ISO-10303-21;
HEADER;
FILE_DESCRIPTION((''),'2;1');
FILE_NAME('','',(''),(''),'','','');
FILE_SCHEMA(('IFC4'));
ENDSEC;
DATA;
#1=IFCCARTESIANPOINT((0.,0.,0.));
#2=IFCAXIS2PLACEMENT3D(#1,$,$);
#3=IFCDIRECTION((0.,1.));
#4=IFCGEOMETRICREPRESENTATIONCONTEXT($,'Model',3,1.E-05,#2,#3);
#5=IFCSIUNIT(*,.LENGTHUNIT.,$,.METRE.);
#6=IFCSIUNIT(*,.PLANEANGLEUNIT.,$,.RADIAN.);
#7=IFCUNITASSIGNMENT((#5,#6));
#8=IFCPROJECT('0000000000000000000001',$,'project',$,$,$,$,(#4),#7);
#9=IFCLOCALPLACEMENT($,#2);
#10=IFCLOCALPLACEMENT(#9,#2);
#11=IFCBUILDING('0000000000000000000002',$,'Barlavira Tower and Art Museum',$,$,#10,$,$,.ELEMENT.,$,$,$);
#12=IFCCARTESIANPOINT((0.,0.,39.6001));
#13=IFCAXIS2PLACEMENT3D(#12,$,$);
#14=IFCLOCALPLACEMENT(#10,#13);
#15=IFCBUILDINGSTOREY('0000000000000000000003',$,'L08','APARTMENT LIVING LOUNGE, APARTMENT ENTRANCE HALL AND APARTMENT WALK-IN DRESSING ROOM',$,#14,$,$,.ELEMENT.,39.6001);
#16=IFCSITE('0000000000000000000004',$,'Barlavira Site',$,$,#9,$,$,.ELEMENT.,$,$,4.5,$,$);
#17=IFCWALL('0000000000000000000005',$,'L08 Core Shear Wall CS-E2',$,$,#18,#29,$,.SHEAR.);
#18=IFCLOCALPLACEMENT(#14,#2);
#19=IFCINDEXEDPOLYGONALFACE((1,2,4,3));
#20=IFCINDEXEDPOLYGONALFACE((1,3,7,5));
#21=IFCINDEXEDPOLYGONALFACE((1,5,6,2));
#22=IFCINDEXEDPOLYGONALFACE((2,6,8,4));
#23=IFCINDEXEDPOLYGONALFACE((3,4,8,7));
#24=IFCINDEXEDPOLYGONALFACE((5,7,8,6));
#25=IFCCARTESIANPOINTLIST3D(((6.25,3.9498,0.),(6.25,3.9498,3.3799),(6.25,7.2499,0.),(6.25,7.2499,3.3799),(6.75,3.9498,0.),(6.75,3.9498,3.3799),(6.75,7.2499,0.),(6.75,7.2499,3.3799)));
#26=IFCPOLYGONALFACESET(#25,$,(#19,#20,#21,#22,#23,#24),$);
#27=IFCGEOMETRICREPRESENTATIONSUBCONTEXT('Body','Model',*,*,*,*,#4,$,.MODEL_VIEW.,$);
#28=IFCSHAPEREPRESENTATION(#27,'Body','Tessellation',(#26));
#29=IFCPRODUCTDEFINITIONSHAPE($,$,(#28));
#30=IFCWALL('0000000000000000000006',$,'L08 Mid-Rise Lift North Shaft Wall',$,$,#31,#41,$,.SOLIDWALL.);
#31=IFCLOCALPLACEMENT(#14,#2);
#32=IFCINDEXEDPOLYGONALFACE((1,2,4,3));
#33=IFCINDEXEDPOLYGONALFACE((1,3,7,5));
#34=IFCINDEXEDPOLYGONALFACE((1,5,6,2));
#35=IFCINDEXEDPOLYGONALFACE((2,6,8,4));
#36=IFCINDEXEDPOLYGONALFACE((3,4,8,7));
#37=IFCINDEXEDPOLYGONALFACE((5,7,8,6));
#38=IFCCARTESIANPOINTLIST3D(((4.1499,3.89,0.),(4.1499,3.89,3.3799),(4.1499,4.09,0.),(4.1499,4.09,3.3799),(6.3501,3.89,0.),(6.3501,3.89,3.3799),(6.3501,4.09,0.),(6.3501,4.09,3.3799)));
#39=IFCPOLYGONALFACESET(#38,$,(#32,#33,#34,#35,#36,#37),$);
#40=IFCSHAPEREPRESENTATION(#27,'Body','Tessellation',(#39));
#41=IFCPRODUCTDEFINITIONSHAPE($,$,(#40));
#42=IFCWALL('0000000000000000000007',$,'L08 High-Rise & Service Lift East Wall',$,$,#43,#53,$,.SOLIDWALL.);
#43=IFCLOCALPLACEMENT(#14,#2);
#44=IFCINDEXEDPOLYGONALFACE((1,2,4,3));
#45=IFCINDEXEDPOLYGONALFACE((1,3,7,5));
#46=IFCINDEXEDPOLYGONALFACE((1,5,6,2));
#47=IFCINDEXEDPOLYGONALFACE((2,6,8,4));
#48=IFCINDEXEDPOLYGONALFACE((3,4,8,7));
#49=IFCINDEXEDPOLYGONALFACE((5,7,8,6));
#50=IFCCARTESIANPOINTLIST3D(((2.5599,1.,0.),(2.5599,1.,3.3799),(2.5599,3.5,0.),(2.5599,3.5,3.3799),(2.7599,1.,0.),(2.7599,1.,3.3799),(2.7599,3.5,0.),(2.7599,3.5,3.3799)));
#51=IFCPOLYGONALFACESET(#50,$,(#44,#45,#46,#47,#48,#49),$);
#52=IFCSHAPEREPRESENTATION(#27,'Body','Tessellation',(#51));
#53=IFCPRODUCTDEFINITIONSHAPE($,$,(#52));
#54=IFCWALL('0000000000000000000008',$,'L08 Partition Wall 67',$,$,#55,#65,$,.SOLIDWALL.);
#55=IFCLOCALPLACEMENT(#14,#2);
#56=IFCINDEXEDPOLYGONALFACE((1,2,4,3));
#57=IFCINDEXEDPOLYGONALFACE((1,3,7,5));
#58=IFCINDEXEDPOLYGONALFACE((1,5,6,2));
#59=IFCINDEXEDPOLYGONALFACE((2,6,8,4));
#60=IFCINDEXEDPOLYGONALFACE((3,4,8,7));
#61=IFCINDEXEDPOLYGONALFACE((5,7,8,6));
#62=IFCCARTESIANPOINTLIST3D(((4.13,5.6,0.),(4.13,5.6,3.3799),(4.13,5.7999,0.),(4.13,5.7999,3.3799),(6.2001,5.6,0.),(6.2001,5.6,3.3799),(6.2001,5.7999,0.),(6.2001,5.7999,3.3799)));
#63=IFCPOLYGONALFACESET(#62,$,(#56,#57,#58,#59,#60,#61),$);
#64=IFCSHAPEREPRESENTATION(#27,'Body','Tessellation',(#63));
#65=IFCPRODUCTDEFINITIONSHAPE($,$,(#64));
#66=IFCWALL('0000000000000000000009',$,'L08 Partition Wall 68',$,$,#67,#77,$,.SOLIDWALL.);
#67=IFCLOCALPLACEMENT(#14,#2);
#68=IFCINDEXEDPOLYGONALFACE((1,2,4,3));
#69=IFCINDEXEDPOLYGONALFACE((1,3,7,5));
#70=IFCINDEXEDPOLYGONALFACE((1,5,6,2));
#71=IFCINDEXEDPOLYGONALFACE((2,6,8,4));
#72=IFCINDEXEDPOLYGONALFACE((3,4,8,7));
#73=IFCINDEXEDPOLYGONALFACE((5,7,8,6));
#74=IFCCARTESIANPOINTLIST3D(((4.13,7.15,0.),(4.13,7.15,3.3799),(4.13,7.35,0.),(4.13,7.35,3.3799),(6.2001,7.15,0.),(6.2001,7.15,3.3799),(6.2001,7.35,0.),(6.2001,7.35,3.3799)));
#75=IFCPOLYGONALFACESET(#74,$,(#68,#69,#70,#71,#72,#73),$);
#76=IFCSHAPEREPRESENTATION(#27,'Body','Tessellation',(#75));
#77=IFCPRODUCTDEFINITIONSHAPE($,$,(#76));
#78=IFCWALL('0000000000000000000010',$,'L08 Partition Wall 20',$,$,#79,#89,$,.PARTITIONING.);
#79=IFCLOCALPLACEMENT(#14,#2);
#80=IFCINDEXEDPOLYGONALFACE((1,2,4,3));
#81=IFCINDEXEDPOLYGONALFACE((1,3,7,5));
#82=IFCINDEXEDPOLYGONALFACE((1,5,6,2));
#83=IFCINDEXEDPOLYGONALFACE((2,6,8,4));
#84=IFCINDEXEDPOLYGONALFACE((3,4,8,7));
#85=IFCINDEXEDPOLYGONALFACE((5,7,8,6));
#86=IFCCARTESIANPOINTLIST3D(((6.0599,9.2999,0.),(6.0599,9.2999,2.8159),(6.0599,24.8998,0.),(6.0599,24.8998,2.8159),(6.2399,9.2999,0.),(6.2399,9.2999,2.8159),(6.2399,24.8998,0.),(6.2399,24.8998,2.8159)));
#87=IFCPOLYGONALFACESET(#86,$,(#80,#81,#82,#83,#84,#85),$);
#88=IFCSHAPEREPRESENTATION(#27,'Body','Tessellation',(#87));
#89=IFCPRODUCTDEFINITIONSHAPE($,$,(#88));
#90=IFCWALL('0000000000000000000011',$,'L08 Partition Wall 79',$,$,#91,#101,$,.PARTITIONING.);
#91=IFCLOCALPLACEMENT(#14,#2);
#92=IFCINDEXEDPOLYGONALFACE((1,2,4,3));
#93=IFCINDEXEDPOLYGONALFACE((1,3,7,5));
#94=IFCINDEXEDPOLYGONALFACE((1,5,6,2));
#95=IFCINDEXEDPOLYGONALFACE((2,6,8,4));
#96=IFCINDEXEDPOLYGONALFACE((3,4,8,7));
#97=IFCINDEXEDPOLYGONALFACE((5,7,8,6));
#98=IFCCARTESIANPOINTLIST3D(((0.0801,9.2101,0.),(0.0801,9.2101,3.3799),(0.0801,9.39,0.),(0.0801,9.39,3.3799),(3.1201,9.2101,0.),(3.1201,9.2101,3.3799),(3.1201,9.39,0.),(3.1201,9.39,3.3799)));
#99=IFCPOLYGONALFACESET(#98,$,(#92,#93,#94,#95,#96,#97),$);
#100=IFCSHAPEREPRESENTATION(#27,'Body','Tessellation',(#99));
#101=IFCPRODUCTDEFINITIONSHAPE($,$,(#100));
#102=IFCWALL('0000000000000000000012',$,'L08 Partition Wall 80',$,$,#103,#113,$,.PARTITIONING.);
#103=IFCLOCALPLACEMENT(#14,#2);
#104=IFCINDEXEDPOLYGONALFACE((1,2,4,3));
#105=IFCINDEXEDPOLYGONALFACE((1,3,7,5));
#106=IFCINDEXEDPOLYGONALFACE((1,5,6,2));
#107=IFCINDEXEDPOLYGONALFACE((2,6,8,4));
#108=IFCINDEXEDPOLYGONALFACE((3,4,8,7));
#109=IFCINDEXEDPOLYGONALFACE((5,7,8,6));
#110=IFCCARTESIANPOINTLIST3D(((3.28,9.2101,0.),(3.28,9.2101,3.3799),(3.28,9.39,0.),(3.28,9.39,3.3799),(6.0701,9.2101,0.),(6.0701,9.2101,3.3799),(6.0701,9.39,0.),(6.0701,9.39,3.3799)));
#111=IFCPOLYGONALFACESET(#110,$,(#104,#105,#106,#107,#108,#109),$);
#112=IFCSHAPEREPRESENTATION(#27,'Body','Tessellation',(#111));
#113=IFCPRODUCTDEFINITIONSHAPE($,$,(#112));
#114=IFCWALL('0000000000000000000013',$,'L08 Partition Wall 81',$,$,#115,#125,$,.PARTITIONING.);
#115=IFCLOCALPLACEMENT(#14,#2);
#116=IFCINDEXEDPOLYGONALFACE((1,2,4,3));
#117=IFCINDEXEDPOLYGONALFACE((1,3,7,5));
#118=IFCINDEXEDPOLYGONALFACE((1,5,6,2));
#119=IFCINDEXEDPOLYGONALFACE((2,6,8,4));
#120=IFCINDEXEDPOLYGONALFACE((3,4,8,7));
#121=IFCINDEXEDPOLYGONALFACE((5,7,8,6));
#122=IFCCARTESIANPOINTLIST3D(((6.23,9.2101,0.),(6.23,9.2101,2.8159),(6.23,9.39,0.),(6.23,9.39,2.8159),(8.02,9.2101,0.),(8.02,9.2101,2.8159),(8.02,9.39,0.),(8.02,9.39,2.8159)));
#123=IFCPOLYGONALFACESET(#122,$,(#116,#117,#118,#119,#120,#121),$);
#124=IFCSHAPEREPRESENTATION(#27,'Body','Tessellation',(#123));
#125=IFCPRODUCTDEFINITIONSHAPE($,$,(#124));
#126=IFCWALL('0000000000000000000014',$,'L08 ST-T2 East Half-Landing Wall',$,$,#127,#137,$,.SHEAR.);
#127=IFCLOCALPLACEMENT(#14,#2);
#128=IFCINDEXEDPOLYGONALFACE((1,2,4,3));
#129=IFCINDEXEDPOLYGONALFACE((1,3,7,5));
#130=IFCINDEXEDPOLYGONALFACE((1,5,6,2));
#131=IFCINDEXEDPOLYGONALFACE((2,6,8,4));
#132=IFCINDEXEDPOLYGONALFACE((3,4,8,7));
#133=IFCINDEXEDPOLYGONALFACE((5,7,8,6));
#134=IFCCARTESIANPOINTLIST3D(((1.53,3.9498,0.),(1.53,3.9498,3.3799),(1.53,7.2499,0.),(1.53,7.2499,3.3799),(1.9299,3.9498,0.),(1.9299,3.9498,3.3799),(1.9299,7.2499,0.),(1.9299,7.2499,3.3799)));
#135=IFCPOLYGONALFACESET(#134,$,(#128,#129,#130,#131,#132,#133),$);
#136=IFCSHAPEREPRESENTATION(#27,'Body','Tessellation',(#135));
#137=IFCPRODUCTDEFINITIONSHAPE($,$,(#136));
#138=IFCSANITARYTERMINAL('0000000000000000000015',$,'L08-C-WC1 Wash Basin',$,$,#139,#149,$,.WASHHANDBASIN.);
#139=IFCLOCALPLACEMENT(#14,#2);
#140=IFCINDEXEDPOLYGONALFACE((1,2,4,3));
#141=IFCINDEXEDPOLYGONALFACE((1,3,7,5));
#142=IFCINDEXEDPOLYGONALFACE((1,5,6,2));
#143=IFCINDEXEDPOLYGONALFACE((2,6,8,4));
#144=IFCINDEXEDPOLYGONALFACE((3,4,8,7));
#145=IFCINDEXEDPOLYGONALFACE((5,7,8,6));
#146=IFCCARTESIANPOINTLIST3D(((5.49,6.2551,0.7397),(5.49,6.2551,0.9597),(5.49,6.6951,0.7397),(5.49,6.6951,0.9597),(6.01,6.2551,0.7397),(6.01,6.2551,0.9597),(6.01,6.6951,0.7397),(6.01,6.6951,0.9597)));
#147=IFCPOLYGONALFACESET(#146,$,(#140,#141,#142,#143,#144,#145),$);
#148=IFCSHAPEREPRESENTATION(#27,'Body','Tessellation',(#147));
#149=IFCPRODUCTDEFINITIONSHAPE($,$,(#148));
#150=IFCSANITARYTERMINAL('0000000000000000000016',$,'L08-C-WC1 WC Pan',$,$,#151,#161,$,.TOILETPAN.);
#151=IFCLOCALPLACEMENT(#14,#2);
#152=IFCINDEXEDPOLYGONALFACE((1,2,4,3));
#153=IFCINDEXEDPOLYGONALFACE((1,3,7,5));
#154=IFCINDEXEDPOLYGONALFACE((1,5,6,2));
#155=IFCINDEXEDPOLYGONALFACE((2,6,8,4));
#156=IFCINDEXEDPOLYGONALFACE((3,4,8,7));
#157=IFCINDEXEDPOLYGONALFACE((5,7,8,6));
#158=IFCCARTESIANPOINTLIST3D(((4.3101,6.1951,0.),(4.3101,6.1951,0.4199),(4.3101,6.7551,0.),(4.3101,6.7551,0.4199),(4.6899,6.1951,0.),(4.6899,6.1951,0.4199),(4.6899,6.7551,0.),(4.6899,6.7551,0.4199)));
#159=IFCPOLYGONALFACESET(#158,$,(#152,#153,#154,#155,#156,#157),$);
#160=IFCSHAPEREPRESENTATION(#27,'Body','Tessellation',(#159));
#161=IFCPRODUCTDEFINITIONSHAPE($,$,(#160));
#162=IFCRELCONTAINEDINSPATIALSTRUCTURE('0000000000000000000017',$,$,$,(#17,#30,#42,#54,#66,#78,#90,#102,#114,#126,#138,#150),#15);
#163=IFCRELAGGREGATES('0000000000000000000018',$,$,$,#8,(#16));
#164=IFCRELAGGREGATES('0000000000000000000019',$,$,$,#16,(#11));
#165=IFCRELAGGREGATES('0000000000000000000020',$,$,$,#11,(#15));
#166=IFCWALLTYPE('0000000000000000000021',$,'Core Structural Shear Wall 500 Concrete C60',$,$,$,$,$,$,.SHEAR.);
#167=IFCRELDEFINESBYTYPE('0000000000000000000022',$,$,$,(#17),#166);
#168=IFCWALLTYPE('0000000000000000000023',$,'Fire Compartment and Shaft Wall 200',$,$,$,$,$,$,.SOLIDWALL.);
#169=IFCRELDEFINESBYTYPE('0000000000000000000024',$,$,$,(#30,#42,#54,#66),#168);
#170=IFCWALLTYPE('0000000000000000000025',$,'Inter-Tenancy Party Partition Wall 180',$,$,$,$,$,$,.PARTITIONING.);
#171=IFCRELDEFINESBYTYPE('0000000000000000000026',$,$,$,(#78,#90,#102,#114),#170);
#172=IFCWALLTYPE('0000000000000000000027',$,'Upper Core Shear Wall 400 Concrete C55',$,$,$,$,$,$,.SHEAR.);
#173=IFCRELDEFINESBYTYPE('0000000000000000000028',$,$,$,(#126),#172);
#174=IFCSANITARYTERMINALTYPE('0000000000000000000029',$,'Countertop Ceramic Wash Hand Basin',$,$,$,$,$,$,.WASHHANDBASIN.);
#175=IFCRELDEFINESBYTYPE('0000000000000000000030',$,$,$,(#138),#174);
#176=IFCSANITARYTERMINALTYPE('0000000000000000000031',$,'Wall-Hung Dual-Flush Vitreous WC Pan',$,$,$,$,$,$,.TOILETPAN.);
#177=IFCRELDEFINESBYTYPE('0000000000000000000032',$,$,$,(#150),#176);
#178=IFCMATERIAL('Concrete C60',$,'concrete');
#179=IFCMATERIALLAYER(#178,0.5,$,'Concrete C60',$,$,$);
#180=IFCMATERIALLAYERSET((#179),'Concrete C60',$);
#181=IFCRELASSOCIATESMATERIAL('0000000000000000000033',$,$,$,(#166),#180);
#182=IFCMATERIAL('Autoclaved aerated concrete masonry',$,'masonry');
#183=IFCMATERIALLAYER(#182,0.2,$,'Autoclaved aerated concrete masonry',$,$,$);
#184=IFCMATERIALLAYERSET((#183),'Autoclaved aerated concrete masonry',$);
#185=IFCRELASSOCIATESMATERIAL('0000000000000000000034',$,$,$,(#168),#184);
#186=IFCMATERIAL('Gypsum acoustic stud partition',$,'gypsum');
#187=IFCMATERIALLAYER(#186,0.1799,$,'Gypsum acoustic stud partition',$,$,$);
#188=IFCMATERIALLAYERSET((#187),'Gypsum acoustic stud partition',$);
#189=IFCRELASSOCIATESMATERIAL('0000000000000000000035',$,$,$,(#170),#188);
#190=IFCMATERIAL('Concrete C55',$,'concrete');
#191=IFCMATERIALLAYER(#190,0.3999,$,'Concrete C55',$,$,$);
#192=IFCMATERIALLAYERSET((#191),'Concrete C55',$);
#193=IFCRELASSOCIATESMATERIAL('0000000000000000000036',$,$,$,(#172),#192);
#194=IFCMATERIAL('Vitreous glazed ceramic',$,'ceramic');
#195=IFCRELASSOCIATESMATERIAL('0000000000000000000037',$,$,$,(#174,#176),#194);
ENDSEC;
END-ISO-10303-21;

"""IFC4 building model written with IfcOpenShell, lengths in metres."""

from ifc_helpers import new_model, si_unit, direction, frame, frame_2d, origin, origin_2d, place, context, subcontext, project, spatial, rectangle, extrude, material, layer, layer_set, type_object, element, save


model = new_model("IFC4")

# Units and contexts
model_context = context("Model", 3, precision=1e-05, world=origin(), true_north=direction((0.0, 1.0)))
body_context = subcontext(model_context, "Body", "Model", "MODEL_VIEW")
ifc_project = project(units=[si_unit("LENGTHUNIT", "METRE"), si_unit("PLANEANGLEUNIT", "RADIAN")], contexts=[model_context])

# Site, building, storey
site_placement = place(None, origin())
site = spatial("IfcSite", under=ifc_project, at=site_placement, Name="Barlavira Site", CompositionType="ELEMENT", RefElevation=4.5)
building_placement = place(site_placement, origin())
building = spatial("IfcBuilding", under=site, at=building_placement, Name="Barlavira Tower and Art Museum", CompositionType="ELEMENT")
storey_placement = place(building_placement, frame((0.0, 0.0, 39.6001)))
storey = spatial("IfcBuildingStorey", under=building, at=storey_placement, Name="L08", Description="APARTMENT LIVING LOUNGE, APARTMENT ENTRANCE HALL AND APARTMENT WALK-IN DRESSING ROOM", CompositionType="ELEMENT", Elevation=39.6001)

# Shared definitions
ifc_material_1 = material(Name="Gypsum acoustic stud partition", Category="gypsum")

# Walls
ifc_material_2 = material(Name="Concrete C60", Category="concrete")
ifc_layer_1 = layer(ifc_material_2, 0.5, Name="Concrete C60")
ifc_layer_set_1 = layer_set([ifc_layer_1], Name="Concrete C60")
wall_type_1 = type_object("IfcWallType", Name="Core Structural Shear Wall 500 Concrete C60", PredefinedType="SHEAR", material=ifc_layer_set_1)
wall_1_placement = place(storey_placement, frame((6.5, 3.95, 0.0), z_axis=(0.0, 0.0, 1.0), x_axis=(0.0, 1.0, 0.0)))
element("IfcWall", 1, at=wall_1_placement, inside=storey, type_object=wall_type_1, Name="L08 Core Shear Wall CS-E2", PredefinedType="SHEAR", context=body_context, shape_type="SweptSolid", body=[
    extrude(rectangle(XDim=3.3, YDim=0.5, at=frame_2d((1.6499, 0.0))), origin(), (0.0, 0.0, 1.0), 3.3799),
])
ifc_material_3 = material(Name="Autoclaved aerated concrete masonry", Category="masonry")
ifc_layer_2 = layer(ifc_material_3, 0.2, Name="Autoclaved aerated concrete masonry")
ifc_layer_set_2 = layer_set([ifc_layer_2], Name="Autoclaved aerated concrete masonry")
wall_type_2 = type_object("IfcWallType", Name="Fire Compartment and Shaft Wall 200", PredefinedType="SOLIDWALL", material=ifc_layer_set_2)
wall_2_placement = place(storey_placement, frame((4.1499, 3.99, 0.0), z_axis=(0.0, 0.0, 1.0), x_axis=(1.0, 0.0, 0.0)))
element("IfcWall", 2, at=wall_2_placement, inside=storey, type_object=wall_type_2, Name="L08 Mid-Rise Lift North Shaft Wall", PredefinedType="SOLIDWALL", context=body_context, shape_type="SweptSolid", body=[
    extrude(rectangle(XDim=2.2002, YDim=0.2, at=frame_2d((1.1001, 0.0))), origin(), (0.0, 0.0, 1.0), 3.3799),
])
wall_3_placement = place(storey_placement, frame((2.6599, 1.0, 0.0), z_axis=(0.0, 0.0, 1.0), x_axis=(0.0, 1.0, 0.0)))
element("IfcWall", 3, at=wall_3_placement, inside=storey, type_object=wall_type_2, Name="L08 High-Rise & Service Lift East Wall", PredefinedType="SOLIDWALL", context=body_context, shape_type="SweptSolid", body=[
    extrude(rectangle(XDim=2.5, YDim=0.2, at=frame_2d((1.25, 0.0))), origin(), (0.0, 0.0, 1.0), 3.3799),
])

# Walls
for number, where, z_axis, x_axis, name in (
    (4, (4.1299, 5.7, 0.0), (0.0, 0.0, 1.0), (1.0, 0.0, 0.0), "L08 Partition Wall 67"),
    (5, (4.1299, 7.25, 0.0), (0.0, 0.0, 1.0), (1.0, 0.0, 0.0), "L08 Partition Wall 68"),
):
    element("IfcWall", number, at=place(storey_placement, frame(where, z_axis=z_axis, x_axis=x_axis)), inside=storey, type_object=wall_type_2, Name=name, PredefinedType="SOLIDWALL", context=body_context, shape_type="SweptSolid", body=[
        extrude(rectangle(XDim=2.0701, YDim=0.2, at=frame_2d((1.0352, 0.0))), origin(), (0.0, 0.0, 1.0), 3.3799),
    ])
ifc_layer_3 = layer(ifc_material_1, 0.1799, Name="Gypsum acoustic stud partition")
ifc_layer_set_3 = layer_set([ifc_layer_3], Name="Gypsum acoustic stud partition")
wall_type_3 = type_object("IfcWallType", Name="Inter-Tenancy Party Partition Wall 180", PredefinedType="PARTITIONING", material=ifc_layer_set_3)
wall_4_placement = place(storey_placement, frame((6.1499, 9.3, 0.0), z_axis=(0.0, 0.0, 1.0), x_axis=(0.0, 1.0, 0.0)))
element("IfcWall", 6, at=wall_4_placement, inside=storey, type_object=wall_type_3, Name="L08 Partition Wall 20", PredefinedType="PARTITIONING", context=body_context, shape_type="SweptSolid", body=[
    extrude(rectangle(XDim=15.5999, YDim=0.1799, at=frame_2d((7.7998, 0.0))), origin(), (0.0, 0.0, 1.0), 2.8159),
])
wall_5_placement = place(storey_placement, frame((0.0801, 9.3, 0.0), z_axis=(0.0, 0.0, 1.0), x_axis=(1.0, 0.0, 0.0)))
element("IfcWall", 7, at=wall_5_placement, inside=storey, type_object=wall_type_3, Name="L08 Partition Wall 79", PredefinedType="PARTITIONING", context=body_context, shape_type="SweptSolid", body=[
    extrude(rectangle(XDim=3.04, YDim=0.1799, at=frame_2d((1.52, 0.0))), origin(), (0.0, 0.0, 1.0), 3.3799),
])
wall_6_placement = place(storey_placement, frame((3.28, 9.3, 0.0), z_axis=(0.0, 0.0, 1.0), x_axis=(1.0, 0.0, 0.0)))
element("IfcWall", 8, at=wall_6_placement, inside=storey, type_object=wall_type_3, Name="L08 Partition Wall 80", PredefinedType="PARTITIONING", context=body_context, shape_type="SweptSolid", body=[
    extrude(rectangle(XDim=2.79, YDim=0.1799, at=frame_2d((1.395, 0.0))), origin(), (0.0, 0.0, 1.0), 3.3799),
])
wall_7_placement = place(storey_placement, frame((6.23, 9.3, 0.0), z_axis=(0.0, 0.0, 1.0), x_axis=(1.0, 0.0, 0.0)))
element("IfcWall", 9, at=wall_7_placement, inside=storey, type_object=wall_type_3, Name="L08 Partition Wall 81", PredefinedType="PARTITIONING", context=body_context, shape_type="SweptSolid", body=[
    extrude(rectangle(XDim=1.79, YDim=0.1799, at=frame_2d((0.895, 0.0))), origin(), (0.0, 0.0, 1.0), 2.8159),
])
ifc_material_4 = material(Name="Concrete C55", Category="concrete")
ifc_layer_4 = layer(ifc_material_4, 0.3999, Name="Concrete C55")
ifc_layer_set_4 = layer_set([ifc_layer_4], Name="Concrete C55")
wall_type_4 = type_object("IfcWallType", Name="Upper Core Shear Wall 400 Concrete C55", PredefinedType="SHEAR", material=ifc_layer_set_4)
wall_8_placement = place(storey_placement, frame((1.73, 3.95, 0.0), z_axis=(0.0, 0.0, 1.0), x_axis=(0.0, 1.0, 0.0)))
element("IfcWall", 10, at=wall_8_placement, inside=storey, type_object=wall_type_4, Name="L08 ST-T2 East Half-Landing Wall", PredefinedType="SHEAR", context=body_context, shape_type="SweptSolid", body=[
    extrude(rectangle(XDim=3.3, YDim=0.3999, at=frame_2d((1.6499, 0.0))), origin(), (0.0, 0.0, 1.0), 3.3799),
])

# Sanitary terminals
ifc_material_5 = material(Name="Vitreous glazed ceramic", Category="ceramic")
sanitary_terminal_type_1 = type_object("IfcSanitaryTerminalType", Name="Countertop Ceramic Wash Hand Basin", PredefinedType="WASHHANDBASIN", material=ifc_material_5)
sanitary_terminal_1_placement = place(storey_placement, frame((5.75, 6.4751, 0.7397), z_axis=(0.0, 0.0, 1.0), x_axis=(1.0, 0.0, 0.0)))
element("IfcSanitaryTerminal", 11, at=sanitary_terminal_1_placement, inside=storey, type_object=sanitary_terminal_type_1, Name="L08-C-WC1 Wash Basin", PredefinedType="WASHHANDBASIN", context=body_context, shape_type="SweptSolid", body=[
    extrude(rectangle(XDim=0.52, YDim=0.4399, at=origin_2d()), origin(), (0.0, 0.0, 1.0), 0.22),
])
sanitary_terminal_type_2 = type_object("IfcSanitaryTerminalType", Name="Wall-Hung Dual-Flush Vitreous WC Pan", PredefinedType="TOILETPAN", material=ifc_material_5)
sanitary_terminal_2_placement = place(storey_placement, frame((4.5, 6.4751, 0.0), z_axis=(0.0, 0.0, 1.0), x_axis=(1.0, 0.0, 0.0)))
element("IfcSanitaryTerminal", 12, at=sanitary_terminal_2_placement, inside=storey, type_object=sanitary_terminal_type_2, Name="L08-C-WC1 WC Pan", PredefinedType="TOILETPAN", context=body_context, shape_type="SweptSolid", body=[
    extrude(rectangle(XDim=0.3799, YDim=0.5601, at=origin_2d()), origin(), (0.0, 0.0, 1.0), 0.4199),
])

save(model, "model.ifc")
